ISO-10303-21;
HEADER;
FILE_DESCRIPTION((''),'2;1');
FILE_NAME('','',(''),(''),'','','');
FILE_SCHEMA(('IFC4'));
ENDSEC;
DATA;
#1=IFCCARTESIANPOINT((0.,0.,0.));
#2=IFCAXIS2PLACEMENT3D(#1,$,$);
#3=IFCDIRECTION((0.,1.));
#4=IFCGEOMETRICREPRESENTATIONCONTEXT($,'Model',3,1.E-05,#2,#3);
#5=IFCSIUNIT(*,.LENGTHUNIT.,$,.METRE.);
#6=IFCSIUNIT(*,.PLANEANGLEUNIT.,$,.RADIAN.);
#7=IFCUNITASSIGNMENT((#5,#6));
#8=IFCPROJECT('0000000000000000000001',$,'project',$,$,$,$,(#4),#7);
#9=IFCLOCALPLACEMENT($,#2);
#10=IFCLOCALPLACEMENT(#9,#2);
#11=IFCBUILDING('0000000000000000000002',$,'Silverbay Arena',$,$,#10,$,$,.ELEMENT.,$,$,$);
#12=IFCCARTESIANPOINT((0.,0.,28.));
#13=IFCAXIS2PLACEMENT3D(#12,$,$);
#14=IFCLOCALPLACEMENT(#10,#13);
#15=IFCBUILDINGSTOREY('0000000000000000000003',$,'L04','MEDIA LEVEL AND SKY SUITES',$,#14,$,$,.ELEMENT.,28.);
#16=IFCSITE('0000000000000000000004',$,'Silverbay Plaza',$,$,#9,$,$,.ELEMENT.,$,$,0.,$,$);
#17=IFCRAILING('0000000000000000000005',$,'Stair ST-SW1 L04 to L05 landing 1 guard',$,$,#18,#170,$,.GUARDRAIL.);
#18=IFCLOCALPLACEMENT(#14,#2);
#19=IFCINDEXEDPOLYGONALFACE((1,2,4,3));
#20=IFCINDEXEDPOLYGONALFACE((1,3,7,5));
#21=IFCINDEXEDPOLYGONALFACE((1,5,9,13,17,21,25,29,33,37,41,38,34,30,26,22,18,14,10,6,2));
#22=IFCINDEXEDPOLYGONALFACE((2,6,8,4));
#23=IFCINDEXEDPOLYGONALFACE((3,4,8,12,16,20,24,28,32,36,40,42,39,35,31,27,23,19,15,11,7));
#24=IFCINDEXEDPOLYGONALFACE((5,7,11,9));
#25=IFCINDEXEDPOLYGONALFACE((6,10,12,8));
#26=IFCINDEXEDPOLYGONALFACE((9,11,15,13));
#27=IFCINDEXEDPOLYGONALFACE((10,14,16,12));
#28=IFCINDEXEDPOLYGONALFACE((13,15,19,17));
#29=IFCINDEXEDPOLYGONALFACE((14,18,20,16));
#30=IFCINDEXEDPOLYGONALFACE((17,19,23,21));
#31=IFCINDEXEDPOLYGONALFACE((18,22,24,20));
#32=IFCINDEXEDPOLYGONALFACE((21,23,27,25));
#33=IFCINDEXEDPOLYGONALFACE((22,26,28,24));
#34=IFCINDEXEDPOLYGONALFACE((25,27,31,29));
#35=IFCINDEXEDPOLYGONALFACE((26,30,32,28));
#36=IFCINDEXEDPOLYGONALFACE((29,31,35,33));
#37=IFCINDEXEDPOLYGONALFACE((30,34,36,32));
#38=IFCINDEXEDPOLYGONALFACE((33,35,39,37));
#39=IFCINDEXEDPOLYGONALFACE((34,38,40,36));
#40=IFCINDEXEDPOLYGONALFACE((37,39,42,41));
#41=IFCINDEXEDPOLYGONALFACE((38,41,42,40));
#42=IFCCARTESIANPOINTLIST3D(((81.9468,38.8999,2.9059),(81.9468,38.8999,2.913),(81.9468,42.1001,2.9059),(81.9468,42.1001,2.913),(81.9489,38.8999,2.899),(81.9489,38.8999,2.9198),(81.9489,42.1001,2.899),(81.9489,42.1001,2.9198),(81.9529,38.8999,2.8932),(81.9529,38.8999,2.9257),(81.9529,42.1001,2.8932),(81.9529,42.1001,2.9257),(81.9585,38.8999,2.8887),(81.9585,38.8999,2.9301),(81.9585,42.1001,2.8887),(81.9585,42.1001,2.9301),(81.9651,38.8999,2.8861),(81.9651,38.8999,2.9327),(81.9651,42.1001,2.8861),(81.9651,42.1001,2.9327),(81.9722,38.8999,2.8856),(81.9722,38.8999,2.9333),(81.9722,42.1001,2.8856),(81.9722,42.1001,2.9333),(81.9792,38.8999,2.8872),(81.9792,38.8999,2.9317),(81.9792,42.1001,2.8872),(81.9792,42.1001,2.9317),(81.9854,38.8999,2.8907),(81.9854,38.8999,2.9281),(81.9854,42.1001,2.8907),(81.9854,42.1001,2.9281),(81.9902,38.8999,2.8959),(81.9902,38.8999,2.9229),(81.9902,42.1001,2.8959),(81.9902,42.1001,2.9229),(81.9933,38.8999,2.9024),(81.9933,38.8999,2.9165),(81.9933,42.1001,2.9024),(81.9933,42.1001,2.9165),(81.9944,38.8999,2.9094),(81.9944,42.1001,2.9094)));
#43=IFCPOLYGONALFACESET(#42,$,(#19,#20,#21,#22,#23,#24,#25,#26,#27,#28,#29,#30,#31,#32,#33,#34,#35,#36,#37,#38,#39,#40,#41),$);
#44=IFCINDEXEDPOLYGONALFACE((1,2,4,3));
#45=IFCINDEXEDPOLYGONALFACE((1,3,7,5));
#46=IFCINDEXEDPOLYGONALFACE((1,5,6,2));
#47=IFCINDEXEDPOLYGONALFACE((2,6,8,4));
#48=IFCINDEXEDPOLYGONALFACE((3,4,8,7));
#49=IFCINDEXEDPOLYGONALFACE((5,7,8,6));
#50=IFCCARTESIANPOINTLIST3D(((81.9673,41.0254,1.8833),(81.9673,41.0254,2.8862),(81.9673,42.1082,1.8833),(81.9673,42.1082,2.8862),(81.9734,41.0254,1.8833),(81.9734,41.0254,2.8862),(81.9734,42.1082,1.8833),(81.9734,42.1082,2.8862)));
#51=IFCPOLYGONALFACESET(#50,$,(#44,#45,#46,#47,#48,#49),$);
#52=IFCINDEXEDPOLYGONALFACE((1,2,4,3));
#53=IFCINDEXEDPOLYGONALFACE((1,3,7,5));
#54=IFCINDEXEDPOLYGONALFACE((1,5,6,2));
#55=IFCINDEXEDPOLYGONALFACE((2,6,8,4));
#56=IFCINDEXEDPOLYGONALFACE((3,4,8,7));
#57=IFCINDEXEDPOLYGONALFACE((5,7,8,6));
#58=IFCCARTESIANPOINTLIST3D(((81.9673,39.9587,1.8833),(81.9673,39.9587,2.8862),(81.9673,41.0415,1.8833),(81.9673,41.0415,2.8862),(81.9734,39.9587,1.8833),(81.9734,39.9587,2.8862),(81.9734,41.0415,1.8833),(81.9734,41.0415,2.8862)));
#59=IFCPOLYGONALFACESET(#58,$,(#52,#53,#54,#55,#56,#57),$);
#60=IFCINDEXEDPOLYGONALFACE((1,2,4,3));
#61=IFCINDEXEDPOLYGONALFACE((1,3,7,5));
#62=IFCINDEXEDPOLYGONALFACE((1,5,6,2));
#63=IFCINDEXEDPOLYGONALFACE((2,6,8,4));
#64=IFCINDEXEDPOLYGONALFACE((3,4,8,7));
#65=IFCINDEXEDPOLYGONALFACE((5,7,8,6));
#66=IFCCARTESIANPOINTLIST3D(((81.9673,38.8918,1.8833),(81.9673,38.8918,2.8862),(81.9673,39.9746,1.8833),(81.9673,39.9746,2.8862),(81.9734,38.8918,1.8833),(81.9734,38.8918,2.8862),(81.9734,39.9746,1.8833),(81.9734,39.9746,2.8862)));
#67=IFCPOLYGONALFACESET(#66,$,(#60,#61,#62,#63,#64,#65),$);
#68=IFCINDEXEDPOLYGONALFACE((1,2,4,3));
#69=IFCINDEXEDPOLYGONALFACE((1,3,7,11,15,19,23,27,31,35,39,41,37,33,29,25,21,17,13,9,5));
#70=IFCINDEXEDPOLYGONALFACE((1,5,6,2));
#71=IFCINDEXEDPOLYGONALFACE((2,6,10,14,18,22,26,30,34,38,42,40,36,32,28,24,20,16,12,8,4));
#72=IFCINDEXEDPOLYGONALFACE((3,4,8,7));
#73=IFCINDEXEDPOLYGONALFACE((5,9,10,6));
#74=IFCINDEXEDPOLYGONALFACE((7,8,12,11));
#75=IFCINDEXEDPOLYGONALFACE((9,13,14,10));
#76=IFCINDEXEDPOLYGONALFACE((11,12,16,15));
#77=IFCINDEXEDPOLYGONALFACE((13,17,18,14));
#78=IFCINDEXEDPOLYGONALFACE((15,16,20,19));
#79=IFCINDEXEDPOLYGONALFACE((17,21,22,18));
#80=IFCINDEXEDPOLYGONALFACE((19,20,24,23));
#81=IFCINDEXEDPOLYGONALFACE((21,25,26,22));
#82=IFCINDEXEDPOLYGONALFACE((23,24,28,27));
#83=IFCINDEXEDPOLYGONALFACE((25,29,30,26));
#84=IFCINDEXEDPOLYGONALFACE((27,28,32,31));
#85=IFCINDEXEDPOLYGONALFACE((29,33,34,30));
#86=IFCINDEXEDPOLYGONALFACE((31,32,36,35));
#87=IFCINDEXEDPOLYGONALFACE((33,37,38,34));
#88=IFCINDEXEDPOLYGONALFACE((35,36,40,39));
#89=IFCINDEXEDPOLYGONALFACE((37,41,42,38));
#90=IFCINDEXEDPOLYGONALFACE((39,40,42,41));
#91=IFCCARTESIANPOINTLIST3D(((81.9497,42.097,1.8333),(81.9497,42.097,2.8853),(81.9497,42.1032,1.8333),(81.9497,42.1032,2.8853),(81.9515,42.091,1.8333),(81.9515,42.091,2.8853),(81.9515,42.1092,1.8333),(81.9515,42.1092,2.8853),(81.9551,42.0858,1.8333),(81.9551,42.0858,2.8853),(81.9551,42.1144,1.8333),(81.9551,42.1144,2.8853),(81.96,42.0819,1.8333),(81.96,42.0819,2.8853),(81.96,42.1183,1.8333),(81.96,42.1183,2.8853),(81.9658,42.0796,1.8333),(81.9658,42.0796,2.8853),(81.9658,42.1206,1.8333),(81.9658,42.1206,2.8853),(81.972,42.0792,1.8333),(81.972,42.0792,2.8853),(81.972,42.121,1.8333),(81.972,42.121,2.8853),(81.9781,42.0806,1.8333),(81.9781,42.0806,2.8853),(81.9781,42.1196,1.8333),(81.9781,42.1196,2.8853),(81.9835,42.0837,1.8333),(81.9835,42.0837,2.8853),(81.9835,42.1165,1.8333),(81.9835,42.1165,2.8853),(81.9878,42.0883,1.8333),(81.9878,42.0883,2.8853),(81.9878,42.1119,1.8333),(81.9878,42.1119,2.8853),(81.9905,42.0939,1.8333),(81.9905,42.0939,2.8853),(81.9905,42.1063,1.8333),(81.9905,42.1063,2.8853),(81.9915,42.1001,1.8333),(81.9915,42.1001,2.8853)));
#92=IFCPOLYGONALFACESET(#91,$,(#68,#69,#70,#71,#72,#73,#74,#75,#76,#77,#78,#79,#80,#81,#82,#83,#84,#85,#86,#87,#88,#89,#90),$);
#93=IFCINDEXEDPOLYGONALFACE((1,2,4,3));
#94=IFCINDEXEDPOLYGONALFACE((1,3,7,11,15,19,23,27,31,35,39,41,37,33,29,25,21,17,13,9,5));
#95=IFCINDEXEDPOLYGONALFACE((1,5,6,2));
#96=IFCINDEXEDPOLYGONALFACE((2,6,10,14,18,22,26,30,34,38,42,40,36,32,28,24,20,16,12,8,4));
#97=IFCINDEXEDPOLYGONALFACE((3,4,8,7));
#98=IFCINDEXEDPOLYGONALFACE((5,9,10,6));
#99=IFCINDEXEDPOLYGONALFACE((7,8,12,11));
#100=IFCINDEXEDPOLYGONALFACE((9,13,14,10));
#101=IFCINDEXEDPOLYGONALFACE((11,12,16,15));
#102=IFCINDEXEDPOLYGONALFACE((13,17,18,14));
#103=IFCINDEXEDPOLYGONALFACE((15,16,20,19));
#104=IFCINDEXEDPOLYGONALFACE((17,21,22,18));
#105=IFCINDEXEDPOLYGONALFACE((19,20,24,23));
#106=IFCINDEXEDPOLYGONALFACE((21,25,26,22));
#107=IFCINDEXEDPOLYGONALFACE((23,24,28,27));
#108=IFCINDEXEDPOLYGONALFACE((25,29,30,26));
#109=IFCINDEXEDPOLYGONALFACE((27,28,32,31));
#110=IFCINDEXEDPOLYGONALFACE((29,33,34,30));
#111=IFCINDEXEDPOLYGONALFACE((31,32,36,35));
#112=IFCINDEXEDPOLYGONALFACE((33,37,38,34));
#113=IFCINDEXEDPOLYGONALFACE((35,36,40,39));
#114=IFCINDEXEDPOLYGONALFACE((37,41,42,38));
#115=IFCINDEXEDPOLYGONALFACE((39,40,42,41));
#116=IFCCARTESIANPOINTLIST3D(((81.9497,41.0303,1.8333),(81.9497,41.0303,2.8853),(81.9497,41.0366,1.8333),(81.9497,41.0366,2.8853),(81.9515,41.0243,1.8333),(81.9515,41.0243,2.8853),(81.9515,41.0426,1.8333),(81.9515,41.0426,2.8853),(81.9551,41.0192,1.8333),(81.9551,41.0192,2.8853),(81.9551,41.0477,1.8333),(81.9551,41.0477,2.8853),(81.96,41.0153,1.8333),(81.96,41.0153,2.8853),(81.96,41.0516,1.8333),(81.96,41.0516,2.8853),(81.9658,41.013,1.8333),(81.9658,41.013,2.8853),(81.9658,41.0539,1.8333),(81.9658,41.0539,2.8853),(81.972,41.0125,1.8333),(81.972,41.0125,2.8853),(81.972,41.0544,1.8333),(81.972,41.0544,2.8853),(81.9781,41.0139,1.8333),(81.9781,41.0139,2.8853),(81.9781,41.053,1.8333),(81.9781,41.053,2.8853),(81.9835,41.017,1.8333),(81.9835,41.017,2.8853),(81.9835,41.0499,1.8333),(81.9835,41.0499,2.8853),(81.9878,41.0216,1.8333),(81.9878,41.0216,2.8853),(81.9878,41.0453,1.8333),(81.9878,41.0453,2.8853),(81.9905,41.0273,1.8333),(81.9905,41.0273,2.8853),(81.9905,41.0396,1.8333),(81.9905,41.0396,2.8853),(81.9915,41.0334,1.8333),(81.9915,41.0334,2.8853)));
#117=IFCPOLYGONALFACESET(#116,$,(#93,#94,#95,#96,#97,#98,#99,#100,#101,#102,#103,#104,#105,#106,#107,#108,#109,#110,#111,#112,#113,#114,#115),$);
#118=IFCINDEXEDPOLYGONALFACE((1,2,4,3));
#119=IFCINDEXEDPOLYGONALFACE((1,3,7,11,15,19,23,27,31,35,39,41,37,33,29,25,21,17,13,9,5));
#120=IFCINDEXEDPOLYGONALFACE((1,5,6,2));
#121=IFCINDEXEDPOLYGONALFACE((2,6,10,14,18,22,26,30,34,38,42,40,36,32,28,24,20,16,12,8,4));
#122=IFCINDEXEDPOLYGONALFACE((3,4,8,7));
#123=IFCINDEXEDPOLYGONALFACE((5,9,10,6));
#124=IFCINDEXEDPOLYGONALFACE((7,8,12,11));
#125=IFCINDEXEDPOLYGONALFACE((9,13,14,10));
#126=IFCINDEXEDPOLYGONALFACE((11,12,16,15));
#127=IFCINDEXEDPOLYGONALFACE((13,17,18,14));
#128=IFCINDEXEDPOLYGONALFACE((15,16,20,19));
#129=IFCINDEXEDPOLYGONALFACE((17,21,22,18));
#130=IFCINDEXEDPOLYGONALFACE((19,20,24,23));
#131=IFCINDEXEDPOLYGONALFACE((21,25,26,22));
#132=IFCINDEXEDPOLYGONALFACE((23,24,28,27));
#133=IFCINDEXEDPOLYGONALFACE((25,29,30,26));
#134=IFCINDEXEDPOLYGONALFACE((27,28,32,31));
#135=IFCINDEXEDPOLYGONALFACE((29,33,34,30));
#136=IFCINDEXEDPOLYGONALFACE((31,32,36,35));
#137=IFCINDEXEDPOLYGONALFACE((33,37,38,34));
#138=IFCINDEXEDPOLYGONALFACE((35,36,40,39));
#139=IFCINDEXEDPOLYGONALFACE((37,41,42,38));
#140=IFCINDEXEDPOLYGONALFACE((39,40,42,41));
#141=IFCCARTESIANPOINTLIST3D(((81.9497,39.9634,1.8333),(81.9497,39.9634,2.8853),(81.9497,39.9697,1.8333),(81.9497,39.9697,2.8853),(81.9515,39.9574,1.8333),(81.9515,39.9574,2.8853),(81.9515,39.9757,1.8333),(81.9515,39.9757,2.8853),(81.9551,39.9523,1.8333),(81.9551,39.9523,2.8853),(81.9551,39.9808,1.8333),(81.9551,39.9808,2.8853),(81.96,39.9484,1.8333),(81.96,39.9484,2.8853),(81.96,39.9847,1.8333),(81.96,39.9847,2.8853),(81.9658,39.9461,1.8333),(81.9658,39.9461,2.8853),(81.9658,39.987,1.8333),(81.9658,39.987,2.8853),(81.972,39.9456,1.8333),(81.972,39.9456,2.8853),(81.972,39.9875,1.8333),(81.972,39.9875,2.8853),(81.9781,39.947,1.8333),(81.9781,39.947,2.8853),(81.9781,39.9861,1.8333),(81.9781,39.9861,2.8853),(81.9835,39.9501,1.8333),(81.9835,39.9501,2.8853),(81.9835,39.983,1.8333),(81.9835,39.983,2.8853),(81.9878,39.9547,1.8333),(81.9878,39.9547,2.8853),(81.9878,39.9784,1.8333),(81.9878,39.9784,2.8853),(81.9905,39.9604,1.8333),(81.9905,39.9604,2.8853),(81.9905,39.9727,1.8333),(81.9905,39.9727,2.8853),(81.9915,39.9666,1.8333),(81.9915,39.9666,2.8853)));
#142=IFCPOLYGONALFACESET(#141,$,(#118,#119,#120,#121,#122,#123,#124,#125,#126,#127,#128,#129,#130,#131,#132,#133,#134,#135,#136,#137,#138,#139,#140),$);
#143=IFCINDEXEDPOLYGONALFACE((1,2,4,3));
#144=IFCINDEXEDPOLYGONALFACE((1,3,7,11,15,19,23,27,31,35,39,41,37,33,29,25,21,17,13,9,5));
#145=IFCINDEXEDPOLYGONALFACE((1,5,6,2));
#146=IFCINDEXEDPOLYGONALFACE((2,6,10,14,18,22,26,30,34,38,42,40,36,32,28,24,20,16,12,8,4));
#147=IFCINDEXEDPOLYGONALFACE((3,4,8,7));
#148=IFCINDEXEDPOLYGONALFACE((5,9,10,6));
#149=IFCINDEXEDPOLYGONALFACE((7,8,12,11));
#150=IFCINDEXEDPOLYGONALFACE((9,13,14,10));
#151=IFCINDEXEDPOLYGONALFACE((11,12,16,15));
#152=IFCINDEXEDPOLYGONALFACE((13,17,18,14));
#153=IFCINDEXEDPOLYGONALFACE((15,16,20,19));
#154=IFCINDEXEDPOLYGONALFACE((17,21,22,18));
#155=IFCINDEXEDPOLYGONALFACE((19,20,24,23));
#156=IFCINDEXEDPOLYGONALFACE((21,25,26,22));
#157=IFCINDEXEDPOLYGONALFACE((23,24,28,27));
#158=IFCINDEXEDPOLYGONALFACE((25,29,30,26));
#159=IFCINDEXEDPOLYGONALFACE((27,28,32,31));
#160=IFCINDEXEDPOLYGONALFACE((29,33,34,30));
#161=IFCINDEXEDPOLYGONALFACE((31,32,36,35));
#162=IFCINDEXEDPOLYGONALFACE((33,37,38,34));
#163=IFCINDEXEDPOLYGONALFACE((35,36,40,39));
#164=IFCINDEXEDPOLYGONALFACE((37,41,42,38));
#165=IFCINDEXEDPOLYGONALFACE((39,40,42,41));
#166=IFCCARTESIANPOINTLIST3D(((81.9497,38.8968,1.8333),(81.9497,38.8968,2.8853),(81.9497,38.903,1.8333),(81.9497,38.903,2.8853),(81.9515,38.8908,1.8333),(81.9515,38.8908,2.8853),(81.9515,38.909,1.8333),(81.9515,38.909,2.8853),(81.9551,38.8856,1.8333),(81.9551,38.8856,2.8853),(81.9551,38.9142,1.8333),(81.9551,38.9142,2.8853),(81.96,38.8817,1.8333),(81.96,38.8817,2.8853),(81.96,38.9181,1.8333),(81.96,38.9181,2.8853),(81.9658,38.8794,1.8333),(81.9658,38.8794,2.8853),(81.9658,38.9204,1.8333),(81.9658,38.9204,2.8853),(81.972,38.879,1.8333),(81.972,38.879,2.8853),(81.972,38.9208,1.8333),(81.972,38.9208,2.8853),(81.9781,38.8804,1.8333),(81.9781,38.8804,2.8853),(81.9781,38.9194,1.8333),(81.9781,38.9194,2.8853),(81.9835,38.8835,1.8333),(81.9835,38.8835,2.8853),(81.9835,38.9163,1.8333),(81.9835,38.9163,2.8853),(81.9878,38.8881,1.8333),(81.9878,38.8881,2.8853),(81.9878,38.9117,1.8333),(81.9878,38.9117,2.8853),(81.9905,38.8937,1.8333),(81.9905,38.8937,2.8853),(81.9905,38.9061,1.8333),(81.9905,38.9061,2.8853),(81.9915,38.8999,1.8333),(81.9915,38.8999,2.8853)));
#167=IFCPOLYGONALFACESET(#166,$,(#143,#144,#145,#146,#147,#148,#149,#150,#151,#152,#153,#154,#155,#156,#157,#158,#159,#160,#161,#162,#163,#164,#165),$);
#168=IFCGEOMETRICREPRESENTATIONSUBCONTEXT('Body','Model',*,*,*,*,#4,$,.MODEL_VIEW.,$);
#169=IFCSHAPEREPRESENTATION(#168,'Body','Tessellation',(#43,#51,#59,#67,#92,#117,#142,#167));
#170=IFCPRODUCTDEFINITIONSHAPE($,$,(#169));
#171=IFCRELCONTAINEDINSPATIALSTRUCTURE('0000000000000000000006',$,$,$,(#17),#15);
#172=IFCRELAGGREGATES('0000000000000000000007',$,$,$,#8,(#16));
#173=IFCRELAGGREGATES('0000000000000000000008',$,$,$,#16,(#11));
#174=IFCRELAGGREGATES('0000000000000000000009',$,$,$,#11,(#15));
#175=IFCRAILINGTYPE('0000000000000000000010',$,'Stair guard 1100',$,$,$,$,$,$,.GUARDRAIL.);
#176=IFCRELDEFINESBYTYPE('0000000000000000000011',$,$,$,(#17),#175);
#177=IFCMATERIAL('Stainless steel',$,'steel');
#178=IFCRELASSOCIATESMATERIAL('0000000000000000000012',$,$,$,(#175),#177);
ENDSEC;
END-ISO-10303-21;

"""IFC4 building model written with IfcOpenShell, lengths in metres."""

from ifc_helpers import new_model, si_unit, direction, frame, origin, origin_2d, place, context, subcontext, project, spatial, polyline, circle, outline, extrude, material, type_object, element, save


model = new_model("IFC4")

# Units and contexts
model_context = context("Model", 3, precision=1e-05, world=origin(), true_north=direction((0.0, 1.0)))
body_context = subcontext(model_context, "Body", "Model", "MODEL_VIEW")
ifc_project = project(units=[si_unit("LENGTHUNIT", "METRE"), si_unit("PLANEANGLEUNIT", "RADIAN")], contexts=[model_context])

# Site, building, storey
site_placement = place(None, origin())
site = spatial("IfcSite", under=ifc_project, at=site_placement, Name="Silverbay Plaza", CompositionType="ELEMENT", RefElevation=0.0)
building_placement = place(site_placement, origin())
building = spatial("IfcBuilding", under=site, at=building_placement, Name="Silverbay Arena", CompositionType="ELEMENT")
storey_placement = place(building_placement, frame((0.0, 0.0, 28.0)))
storey = spatial("IfcBuildingStorey", under=building, at=storey_placement, Name="L04", Description="MEDIA LEVEL AND SKY SUITES", CompositionType="ELEMENT", Elevation=28.0)

# Railing
ifc_material_1 = material(Name="Stainless steel", Category="steel")
railing_type_1 = type_object("IfcRailingType", Name="Stair guard 1100", PredefinedType="GUARDRAIL", material=ifc_material_1)
for number, where, name in (
    (1, (81.9705, 42.1001, 1.8333), "Stair ST-SW1 L04 to L05 landing 1 guard"),
):
    element("IfcRailing", number, at=place(storey_placement, frame(where)), inside=storey, type_object=railing_type_1, Name=name, PredefinedType="GUARDRAIL", context=body_context, shape_type="SweptSolid", body=[
        extrude(circle(Radius=0.0239, at=origin_2d()), frame((0.0, 0.0, 1.0762), z_axis=(0.0, -1.0, 0.0), x_axis=(1.0, 0.0, 0.0)), (0.0, 0.0, 1.0), 3.2002),
        extrude(outline(polyline([(-0.0081, 0.05), (1.0747, 0.05), (1.0747, 1.053), (-0.0081, 1.053), (-0.0081, 0.05)])), frame((0.0029, 0.0, 0.0), z_axis=(-1.0, 0.0, 0.0), x_axis=(0.0, -1.0, 0.0)), (0.0, 0.0, 1.0), 0.0061),
        extrude(outline(polyline([(-0.0081, 0.05), (1.0747, 0.05), (1.0747, 1.053), (-0.0081, 1.053), (-0.0081, 0.05)])), frame((0.0029, -1.0667, 0.0), z_axis=(-1.0, 0.0, 0.0), x_axis=(0.0, -1.0, 0.0)), (0.0, 0.0, 1.0), 0.0061),
        extrude(outline(polyline([(-0.0081, 0.05), (1.0747, 0.05), (1.0747, 1.053), (-0.0081, 1.053), (-0.0081, 0.05)])), frame((0.0029, -2.1335, 0.0), z_axis=(-1.0, 0.0, 0.0), x_axis=(0.0, -1.0, 0.0)), (0.0, 0.0, 1.0), 0.0061),
        extrude(circle(Radius=0.021, at=origin_2d()), origin(), (0.0, 0.0, 1.0), 1.052),
        extrude(circle(Radius=0.021, at=origin_2d()), frame((0.0, -1.0667, 0.0)), (0.0, 0.0, 1.0), 1.052),
        extrude(circle(Radius=0.021, at=origin_2d()), frame((0.0, -2.1335, 0.0)), (0.0, 0.0, 1.0), 1.052),
        extrude(circle(Radius=0.021, at=origin_2d()), frame((0.0, -3.2002, 0.0)), (0.0, 0.0, 1.0), 1.052),
    ])

save(model, "model.ifc")
